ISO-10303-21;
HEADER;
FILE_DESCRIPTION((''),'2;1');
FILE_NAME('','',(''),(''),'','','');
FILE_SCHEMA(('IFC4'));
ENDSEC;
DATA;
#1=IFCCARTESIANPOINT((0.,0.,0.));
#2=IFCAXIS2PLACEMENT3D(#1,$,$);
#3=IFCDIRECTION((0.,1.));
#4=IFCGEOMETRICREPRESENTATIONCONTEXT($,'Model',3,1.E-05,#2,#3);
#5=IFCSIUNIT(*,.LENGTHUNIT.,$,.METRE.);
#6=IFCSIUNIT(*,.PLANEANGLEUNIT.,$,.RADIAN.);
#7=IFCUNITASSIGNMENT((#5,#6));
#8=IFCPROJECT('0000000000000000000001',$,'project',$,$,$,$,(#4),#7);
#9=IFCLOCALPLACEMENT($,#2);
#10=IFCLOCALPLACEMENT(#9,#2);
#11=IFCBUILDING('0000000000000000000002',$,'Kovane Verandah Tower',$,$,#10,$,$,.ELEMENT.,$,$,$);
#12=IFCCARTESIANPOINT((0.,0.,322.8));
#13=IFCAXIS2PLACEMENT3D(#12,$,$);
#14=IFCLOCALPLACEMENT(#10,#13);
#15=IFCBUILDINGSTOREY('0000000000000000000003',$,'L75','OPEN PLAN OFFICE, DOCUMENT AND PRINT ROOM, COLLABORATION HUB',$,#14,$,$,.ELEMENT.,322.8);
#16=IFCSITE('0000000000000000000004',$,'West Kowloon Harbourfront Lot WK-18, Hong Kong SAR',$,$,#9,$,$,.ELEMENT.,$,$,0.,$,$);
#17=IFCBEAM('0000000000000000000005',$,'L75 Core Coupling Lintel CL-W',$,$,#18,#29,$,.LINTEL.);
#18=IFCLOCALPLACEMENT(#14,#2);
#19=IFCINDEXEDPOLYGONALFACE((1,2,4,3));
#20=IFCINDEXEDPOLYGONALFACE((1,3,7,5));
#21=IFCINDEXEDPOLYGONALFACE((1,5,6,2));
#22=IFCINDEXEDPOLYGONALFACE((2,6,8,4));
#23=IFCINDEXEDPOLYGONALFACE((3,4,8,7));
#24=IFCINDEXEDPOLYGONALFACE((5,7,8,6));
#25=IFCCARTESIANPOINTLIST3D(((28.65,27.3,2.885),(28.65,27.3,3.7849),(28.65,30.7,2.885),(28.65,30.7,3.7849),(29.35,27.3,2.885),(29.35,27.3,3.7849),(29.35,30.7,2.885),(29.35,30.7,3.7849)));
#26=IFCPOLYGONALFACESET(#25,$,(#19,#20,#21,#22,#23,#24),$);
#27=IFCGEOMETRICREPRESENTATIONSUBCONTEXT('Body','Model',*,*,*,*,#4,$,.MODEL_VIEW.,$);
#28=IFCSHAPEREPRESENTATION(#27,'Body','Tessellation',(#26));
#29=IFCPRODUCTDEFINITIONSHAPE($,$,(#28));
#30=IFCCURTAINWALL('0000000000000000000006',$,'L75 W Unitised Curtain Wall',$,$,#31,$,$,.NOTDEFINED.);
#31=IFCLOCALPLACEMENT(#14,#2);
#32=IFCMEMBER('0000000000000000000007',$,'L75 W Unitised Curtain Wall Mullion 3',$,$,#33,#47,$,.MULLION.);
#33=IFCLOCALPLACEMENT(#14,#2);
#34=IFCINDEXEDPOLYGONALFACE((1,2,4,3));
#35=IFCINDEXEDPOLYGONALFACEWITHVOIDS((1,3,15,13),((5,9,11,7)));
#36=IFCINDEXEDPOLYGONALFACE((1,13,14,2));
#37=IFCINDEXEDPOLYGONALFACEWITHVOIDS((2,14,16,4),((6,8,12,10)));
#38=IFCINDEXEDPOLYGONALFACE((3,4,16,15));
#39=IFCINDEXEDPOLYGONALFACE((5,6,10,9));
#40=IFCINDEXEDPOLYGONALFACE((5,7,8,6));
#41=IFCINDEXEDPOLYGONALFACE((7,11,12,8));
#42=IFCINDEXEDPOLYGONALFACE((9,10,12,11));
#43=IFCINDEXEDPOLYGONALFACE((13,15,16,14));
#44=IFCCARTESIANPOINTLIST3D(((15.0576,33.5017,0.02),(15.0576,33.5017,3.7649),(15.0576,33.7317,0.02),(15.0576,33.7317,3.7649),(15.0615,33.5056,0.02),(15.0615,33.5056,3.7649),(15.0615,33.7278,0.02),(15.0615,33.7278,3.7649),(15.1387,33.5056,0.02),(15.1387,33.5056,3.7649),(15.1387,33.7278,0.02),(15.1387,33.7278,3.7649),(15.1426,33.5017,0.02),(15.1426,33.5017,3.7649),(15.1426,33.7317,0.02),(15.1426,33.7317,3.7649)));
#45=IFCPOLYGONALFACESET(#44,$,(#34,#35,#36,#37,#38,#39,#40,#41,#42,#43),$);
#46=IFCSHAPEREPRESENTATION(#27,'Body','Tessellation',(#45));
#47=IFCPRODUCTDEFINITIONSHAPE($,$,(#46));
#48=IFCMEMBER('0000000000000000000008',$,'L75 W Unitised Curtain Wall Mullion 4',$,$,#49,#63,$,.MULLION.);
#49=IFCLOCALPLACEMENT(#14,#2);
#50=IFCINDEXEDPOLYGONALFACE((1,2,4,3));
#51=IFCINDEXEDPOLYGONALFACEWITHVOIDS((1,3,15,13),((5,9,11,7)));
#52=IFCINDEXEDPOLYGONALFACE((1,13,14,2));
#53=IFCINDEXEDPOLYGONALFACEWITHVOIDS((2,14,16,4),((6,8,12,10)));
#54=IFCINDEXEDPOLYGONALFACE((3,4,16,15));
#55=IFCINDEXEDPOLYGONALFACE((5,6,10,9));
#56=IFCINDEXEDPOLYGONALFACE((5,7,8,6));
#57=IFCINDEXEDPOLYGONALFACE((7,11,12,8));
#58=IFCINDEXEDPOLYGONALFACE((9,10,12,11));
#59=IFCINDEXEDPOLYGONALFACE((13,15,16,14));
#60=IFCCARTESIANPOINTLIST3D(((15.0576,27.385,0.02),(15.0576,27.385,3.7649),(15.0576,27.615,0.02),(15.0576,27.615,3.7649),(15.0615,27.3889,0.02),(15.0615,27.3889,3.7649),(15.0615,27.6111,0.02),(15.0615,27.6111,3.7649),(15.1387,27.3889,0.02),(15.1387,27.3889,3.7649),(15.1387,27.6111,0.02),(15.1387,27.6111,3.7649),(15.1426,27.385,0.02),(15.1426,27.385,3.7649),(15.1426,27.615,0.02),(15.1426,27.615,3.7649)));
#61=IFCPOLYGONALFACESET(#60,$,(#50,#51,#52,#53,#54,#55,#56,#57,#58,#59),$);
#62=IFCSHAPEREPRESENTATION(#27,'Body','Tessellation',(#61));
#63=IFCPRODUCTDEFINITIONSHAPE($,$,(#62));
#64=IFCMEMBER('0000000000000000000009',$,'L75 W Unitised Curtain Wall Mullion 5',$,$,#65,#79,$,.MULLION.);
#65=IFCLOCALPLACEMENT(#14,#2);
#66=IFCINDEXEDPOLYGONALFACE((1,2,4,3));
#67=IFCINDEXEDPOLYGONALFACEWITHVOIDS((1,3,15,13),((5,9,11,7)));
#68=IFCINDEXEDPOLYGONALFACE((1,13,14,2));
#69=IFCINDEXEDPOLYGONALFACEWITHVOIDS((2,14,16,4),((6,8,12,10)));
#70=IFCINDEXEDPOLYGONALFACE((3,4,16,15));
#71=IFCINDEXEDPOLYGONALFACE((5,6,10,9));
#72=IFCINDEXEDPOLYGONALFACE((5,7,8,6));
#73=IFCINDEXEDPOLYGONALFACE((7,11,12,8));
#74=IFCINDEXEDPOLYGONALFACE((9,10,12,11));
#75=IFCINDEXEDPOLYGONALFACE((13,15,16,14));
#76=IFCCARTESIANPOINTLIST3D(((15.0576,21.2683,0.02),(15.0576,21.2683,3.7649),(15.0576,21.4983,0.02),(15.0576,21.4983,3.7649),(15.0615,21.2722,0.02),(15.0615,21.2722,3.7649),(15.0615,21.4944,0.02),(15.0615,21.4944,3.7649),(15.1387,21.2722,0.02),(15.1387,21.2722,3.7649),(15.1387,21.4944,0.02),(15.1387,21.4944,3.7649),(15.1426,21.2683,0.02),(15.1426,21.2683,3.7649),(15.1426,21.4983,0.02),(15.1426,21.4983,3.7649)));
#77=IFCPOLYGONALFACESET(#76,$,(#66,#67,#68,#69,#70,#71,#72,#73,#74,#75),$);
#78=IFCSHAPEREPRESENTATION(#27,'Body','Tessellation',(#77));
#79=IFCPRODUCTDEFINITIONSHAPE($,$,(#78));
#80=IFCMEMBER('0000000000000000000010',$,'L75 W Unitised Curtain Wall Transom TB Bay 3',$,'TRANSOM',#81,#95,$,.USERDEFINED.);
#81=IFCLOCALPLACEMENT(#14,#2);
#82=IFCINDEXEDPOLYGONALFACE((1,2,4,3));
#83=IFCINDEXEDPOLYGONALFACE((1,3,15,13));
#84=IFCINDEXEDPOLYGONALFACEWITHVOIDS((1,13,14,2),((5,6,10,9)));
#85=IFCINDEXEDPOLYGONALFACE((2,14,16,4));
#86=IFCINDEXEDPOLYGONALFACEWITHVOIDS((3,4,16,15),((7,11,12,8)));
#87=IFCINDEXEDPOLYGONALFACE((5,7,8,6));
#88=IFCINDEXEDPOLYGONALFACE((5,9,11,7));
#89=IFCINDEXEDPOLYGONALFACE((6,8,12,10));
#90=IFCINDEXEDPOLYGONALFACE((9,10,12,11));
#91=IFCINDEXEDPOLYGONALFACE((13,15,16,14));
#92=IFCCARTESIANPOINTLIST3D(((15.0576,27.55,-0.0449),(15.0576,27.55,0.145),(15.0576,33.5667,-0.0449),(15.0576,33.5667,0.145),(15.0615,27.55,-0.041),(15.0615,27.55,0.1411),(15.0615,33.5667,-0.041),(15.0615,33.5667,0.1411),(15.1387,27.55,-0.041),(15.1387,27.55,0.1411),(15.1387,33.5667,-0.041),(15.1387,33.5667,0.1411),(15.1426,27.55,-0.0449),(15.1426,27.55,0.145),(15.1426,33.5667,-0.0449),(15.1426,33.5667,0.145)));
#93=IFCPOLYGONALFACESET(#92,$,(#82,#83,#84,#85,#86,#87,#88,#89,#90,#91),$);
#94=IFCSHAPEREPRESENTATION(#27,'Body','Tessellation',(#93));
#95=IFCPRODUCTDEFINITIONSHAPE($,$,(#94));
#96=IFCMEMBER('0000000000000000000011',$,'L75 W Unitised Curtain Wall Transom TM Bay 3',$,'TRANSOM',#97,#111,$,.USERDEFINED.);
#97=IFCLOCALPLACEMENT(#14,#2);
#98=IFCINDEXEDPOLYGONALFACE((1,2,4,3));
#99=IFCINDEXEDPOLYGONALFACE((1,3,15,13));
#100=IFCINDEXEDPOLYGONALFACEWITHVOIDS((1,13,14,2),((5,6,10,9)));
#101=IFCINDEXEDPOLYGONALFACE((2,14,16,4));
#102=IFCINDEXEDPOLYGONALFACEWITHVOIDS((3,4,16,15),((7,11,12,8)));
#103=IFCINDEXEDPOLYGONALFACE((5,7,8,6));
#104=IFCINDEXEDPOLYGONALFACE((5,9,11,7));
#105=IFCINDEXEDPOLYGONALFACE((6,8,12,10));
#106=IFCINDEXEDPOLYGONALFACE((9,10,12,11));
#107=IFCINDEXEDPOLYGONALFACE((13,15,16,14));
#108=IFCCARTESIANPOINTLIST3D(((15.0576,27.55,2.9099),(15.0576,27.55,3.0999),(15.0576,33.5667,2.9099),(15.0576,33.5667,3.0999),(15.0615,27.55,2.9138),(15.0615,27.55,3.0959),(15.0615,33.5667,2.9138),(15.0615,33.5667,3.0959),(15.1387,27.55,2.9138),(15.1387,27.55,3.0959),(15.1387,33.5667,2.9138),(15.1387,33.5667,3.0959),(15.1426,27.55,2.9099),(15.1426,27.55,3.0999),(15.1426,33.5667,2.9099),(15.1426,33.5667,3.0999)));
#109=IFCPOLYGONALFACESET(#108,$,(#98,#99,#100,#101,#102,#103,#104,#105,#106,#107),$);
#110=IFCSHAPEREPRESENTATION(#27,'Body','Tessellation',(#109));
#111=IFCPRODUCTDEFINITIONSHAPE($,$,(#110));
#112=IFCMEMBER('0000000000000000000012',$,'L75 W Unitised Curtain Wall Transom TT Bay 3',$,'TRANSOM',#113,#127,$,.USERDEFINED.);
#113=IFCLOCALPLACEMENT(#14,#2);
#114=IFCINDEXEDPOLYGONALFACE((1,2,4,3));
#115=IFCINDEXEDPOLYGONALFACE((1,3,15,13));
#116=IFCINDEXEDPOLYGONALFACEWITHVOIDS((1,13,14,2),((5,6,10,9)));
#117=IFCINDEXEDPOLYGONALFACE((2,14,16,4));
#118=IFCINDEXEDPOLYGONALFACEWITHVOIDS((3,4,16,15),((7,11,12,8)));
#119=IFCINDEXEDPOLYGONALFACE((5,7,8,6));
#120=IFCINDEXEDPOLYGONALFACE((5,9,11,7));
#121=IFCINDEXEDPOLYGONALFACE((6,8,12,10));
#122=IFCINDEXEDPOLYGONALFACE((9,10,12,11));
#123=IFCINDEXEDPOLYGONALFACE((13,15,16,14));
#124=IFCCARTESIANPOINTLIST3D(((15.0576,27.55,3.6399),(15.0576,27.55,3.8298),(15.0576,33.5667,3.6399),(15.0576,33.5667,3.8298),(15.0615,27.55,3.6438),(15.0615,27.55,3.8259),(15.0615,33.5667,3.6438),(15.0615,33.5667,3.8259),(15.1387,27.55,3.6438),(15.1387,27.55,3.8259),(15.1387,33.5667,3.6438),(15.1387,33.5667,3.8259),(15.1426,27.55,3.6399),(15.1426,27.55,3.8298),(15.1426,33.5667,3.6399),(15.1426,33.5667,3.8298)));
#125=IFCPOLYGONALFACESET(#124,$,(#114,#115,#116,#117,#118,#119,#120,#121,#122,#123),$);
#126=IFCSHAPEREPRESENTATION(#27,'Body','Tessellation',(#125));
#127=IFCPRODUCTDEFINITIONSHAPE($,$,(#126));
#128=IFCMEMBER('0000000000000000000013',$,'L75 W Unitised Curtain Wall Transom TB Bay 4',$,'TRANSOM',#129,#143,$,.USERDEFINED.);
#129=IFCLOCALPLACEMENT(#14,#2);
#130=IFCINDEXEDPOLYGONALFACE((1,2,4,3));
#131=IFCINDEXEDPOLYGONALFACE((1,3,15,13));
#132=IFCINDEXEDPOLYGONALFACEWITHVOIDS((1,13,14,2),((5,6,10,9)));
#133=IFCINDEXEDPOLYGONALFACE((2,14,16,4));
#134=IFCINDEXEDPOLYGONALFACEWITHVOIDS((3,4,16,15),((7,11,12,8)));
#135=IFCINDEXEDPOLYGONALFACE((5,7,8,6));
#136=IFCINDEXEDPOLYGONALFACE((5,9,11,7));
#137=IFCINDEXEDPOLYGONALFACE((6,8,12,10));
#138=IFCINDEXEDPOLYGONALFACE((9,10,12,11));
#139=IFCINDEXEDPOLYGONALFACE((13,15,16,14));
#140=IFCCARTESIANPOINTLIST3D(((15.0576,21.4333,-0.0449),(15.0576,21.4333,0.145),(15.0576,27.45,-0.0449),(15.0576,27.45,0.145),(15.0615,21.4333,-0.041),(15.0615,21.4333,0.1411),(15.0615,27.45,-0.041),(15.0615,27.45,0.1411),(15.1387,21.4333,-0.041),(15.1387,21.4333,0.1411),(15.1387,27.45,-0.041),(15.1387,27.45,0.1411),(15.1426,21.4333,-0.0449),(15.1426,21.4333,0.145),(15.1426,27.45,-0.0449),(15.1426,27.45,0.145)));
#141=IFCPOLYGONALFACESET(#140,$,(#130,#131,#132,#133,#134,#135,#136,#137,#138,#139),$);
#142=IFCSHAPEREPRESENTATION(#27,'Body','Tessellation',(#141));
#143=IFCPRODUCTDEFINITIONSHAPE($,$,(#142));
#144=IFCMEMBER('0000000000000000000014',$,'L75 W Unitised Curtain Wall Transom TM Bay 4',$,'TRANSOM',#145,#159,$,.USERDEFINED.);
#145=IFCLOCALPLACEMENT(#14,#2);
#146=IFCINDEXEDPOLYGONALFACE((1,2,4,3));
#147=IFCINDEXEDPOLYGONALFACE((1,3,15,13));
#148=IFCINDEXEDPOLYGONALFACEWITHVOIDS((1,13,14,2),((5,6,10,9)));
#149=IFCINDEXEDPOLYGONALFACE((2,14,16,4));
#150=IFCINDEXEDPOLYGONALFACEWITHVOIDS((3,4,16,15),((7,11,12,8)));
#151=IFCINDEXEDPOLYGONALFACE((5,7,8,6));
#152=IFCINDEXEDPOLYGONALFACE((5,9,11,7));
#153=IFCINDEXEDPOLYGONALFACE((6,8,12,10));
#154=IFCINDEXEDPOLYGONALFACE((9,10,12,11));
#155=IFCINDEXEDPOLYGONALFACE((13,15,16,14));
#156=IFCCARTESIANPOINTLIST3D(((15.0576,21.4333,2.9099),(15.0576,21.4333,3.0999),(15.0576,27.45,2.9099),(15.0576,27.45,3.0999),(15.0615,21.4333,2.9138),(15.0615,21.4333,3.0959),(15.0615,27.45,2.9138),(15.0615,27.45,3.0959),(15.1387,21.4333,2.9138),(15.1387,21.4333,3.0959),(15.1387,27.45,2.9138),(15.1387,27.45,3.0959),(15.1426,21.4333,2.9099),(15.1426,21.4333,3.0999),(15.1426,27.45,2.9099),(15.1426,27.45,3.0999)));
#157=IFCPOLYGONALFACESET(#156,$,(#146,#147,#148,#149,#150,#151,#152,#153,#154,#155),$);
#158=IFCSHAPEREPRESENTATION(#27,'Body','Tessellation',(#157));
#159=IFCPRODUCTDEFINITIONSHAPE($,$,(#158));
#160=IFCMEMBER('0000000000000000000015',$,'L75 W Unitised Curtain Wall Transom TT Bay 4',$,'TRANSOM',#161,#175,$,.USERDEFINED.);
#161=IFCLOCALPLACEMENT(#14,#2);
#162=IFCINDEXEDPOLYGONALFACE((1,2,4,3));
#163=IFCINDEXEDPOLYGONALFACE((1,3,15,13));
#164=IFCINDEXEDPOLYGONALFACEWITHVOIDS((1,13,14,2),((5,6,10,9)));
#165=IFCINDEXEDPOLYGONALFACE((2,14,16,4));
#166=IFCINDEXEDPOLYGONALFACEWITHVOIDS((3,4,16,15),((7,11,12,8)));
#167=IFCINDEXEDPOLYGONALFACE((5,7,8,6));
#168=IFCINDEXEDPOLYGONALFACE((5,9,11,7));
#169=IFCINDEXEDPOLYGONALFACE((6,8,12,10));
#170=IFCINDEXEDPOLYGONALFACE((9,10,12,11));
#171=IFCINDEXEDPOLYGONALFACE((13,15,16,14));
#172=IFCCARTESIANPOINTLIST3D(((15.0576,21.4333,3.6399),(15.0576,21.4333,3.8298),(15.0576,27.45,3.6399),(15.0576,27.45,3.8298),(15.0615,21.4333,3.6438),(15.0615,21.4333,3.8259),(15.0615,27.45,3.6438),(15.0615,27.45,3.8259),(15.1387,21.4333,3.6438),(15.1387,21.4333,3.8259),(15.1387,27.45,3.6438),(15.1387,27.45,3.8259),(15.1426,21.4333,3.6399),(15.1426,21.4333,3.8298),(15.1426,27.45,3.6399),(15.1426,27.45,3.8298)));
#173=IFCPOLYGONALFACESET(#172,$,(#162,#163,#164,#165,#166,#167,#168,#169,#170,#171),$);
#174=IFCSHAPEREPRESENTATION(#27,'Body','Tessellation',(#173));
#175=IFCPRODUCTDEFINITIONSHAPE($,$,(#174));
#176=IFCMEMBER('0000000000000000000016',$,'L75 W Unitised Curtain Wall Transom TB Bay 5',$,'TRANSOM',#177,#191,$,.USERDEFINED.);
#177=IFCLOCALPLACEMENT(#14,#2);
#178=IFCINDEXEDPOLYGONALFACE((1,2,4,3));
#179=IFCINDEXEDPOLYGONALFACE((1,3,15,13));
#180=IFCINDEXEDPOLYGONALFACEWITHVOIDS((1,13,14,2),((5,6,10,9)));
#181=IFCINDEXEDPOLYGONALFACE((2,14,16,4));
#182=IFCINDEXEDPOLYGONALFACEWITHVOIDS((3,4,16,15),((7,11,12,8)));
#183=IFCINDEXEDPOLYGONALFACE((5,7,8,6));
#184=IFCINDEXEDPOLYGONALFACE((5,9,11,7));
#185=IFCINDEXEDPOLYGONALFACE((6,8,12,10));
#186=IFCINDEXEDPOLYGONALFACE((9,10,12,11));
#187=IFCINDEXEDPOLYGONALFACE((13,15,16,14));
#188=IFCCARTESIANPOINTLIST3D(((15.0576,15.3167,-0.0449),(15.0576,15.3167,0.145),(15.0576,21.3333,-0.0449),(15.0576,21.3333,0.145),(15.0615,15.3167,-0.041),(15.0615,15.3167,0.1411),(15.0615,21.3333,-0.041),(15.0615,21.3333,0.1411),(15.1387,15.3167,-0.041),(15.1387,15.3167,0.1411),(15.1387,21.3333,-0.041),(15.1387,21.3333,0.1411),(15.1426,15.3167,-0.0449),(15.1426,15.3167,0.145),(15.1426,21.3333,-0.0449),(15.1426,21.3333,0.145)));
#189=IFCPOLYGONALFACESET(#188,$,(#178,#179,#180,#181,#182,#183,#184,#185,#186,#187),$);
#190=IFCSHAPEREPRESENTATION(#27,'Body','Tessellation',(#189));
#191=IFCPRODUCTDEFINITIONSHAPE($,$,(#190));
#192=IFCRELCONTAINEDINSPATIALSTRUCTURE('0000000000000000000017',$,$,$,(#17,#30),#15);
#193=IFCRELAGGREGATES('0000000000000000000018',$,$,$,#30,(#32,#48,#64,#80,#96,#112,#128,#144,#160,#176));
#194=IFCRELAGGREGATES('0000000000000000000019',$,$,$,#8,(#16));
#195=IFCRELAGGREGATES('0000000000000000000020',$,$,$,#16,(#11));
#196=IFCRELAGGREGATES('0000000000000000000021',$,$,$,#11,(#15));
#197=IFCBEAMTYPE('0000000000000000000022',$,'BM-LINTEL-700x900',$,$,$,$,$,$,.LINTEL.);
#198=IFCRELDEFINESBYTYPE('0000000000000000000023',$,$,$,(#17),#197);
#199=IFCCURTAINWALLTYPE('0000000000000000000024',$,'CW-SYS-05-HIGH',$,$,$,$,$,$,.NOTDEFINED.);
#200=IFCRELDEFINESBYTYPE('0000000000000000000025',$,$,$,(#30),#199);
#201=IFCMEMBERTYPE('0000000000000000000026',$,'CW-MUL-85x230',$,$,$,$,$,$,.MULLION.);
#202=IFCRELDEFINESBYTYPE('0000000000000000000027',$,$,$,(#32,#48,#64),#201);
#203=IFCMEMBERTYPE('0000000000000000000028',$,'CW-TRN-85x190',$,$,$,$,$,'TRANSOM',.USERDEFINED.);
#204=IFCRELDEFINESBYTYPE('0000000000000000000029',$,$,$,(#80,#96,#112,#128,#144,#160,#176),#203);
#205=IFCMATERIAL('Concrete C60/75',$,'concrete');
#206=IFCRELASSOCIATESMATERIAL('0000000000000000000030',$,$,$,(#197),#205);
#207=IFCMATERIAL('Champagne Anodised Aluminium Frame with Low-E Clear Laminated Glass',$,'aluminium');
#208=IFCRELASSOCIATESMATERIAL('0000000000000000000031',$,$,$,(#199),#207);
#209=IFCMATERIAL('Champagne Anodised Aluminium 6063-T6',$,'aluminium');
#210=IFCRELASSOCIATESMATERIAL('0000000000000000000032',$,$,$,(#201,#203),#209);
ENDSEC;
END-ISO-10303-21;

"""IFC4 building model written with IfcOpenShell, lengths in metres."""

from ifc_helpers import new_model, si_unit, direction, frame, origin, origin_2d, place, context, subcontext, project, spatial, rectangle, hollow_rectangle, extrude, material, material_profile, profile_set, type_object, element, aggregate, save


model = new_model("IFC4")

# Units and contexts
model_context = context("Model", 3, precision=1e-05, world=origin(), true_north=direction((0.0, 1.0)))
body_context = subcontext(model_context, "Body", "Model", "MODEL_VIEW")
ifc_project = project(units=[si_unit("LENGTHUNIT", "METRE"), si_unit("PLANEANGLEUNIT", "RADIAN")], contexts=[model_context])

# Site, building, storey
site_placement = place(None, origin())
site = spatial("IfcSite", under=ifc_project, at=site_placement, Name="West Kowloon Harbourfront Lot WK-18, Hong Kong SAR", CompositionType="ELEMENT", RefElevation=0.0)
building_placement = place(site_placement, origin())
building = spatial("IfcBuilding", under=site, at=building_placement, Name="Kovane Verandah Tower", CompositionType="ELEMENT")
storey_placement = place(building_placement, frame((0.0, 0.0, 322.8)))
storey = spatial("IfcBuildingStorey", under=building, at=storey_placement, Name="L75", Description="OPEN PLAN OFFICE, DOCUMENT AND PRINT ROOM, COLLABORATION HUB", CompositionType="ELEMENT", Elevation=322.8)

# Beam
ifc_material_1 = material(Name="Concrete C60/75", Category="concrete")
ifc_material_profile_1 = material_profile(ifc_material_1, rectangle(XDim=0.7, YDim=0.8999, at=origin_2d()), Name="RCB700x900")
ifc_profile_set_1 = profile_set([ifc_material_profile_1], Name="Concrete C60/75")
beam_type = type_object("IfcBeamType", Name="BM-LINTEL-700x900", PredefinedType="LINTEL", material=ifc_profile_set_1)
beam_placement = place(storey_placement, frame((29.0, 27.3, 3.335), z_axis=(0.0, 1.0, 0.0), x_axis=(-1.0, 0.0, 0.0)))
element("IfcBeam", 1, at=beam_placement, inside=storey, type_object=beam_type, Name="L75 Core Coupling Lintel CL-W", PredefinedType="LINTEL", context=body_context, shape_type="SweptSolid", body=[
    extrude(rectangle(XDim=0.7, YDim=0.8999, at=origin_2d()), origin(), (0.0, 0.0, 1.0), 3.3999),
])

# Curtain wall, members
ifc_material_2 = material(Name="Champagne Anodised Aluminium Frame with Low-E Clear Laminated Glass", Category="aluminium")
curtain_wall_type = type_object("IfcCurtainWallType", Name="CW-SYS-05-HIGH", PredefinedType="NOTDEFINED", material=ifc_material_2)
curtain_wall_placement = place(storey_placement, origin())
curtain_wall = element("IfcCurtainWall", 2, at=curtain_wall_placement, inside=storey, type_object=curtain_wall_type, Name="L75 W Unitised Curtain Wall", PredefinedType="NOTDEFINED")
ifc_material_3 = material(Name="Champagne Anodised Aluminium 6063-T6", Category="aluminium")
ifc_material_profile_2 = material_profile(ifc_material_3, hollow_rectangle(XDim=0.085, YDim=0.23, WallThickness=0.0039, at=origin_2d()), Name="AL85x230x4")
ifc_profile_set_2 = profile_set([ifc_material_profile_2], Name="Champagne Anodised Aluminium 6063-T6")
member_type_1 = type_object("IfcMemberType", Name="CW-MUL-85x230", PredefinedType="MULLION", material=ifc_profile_set_2)
member_1_placement = place(storey_placement, frame((15.1001, 33.6167, 0.02), z_axis=(0.0, 0.0, 1.0), x_axis=(-1.0, 0.0, 0.0)))
member_1 = element("IfcMember", 3, at=member_1_placement, type_object=member_type_1, Name="L75 W Unitised Curtain Wall Mullion 3", PredefinedType="MULLION", context=body_context, shape_type="SweptSolid", body=[
    extrude(hollow_rectangle(XDim=0.085, YDim=0.23, WallThickness=0.0039, at=origin_2d()), origin(), (0.0, 0.0, 1.0), 3.7449),
])
member_2_placement = place(storey_placement, frame((15.1001, 27.5, 0.02), z_axis=(0.0, 0.0, 1.0), x_axis=(-1.0, 0.0, 0.0)))
member_2 = element("IfcMember", 4, at=member_2_placement, type_object=member_type_1, Name="L75 W Unitised Curtain Wall Mullion 4", PredefinedType="MULLION", context=body_context, shape_type="SweptSolid", body=[
    extrude(hollow_rectangle(XDim=0.085, YDim=0.23, WallThickness=0.0039, at=origin_2d()), origin(), (0.0, 0.0, 1.0), 3.7449),
])
member_3_placement = place(storey_placement, frame((15.1001, 21.3833, 0.02), z_axis=(0.0, 0.0, 1.0), x_axis=(-1.0, 0.0, 0.0)))
member_3 = element("IfcMember", 5, at=member_3_placement, type_object=member_type_1, Name="L75 W Unitised Curtain Wall Mullion 5", PredefinedType="MULLION", context=body_context, shape_type="SweptSolid", body=[
    extrude(hollow_rectangle(XDim=0.085, YDim=0.23, WallThickness=0.0039, at=origin_2d()), origin(), (0.0, 0.0, 1.0), 3.7449),
])
ifc_material_profile_3 = material_profile(ifc_material_3, hollow_rectangle(XDim=0.085, YDim=0.1899, WallThickness=0.0039, at=origin_2d()), Name="AL85x190x4")
ifc_profile_set_3 = profile_set([ifc_material_profile_3], Name="Champagne Anodised Aluminium 6063-T6")
member_type_2 = type_object("IfcMemberType", Name="CW-TRN-85x190", ElementType="TRANSOM", PredefinedType="USERDEFINED", material=ifc_profile_set_3)
member_4_placement = place(storey_placement, frame((15.1001, 33.5667, 0.05), z_axis=(0.0, -1.0, 0.0), x_axis=(1.0, 0.0, 0.0)))
member_4 = element("IfcMember", 6, at=member_4_placement, type_object=member_type_2, Name="L75 W Unitised Curtain Wall Transom TB Bay 3", ObjectType="TRANSOM", PredefinedType="USERDEFINED", context=body_context, shape_type="SweptSolid", body=[
    extrude(hollow_rectangle(XDim=0.085, YDim=0.1899, WallThickness=0.0039, at=origin_2d()), origin(), (0.0, 0.0, 1.0), 6.0166),
])
member_5_placement = place(storey_placement, frame((15.1001, 33.5667, 3.0049), z_axis=(0.0, -1.0, 0.0), x_axis=(1.0, 0.0, 0.0)))
member_5 = element("IfcMember", 7, at=member_5_placement, type_object=member_type_2, Name="L75 W Unitised Curtain Wall Transom TM Bay 3", ObjectType="TRANSOM", PredefinedType="USERDEFINED", context=body_context, shape_type="SweptSolid", body=[
    extrude(hollow_rectangle(XDim=0.085, YDim=0.1899, WallThickness=0.0039, at=origin_2d()), origin(), (0.0, 0.0, 1.0), 6.0166),
])
member_6_placement = place(storey_placement, frame((15.1001, 33.5667, 3.7349), z_axis=(0.0, -1.0, 0.0), x_axis=(1.0, 0.0, 0.0)))
member_6 = element("IfcMember", 8, at=member_6_placement, type_object=member_type_2, Name="L75 W Unitised Curtain Wall Transom TT Bay 3", ObjectType="TRANSOM", PredefinedType="USERDEFINED", context=body_context, shape_type="SweptSolid", body=[
    extrude(hollow_rectangle(XDim=0.085, YDim=0.1899, WallThickness=0.0039, at=origin_2d()), origin(), (0.0, 0.0, 1.0), 6.0166),
])
member_7_placement = place(storey_placement, frame((15.1001, 27.45, 0.05), z_axis=(0.0, -1.0, 0.0), x_axis=(1.0, 0.0, 0.0)))
member_7 = element("IfcMember", 9, at=member_7_placement, type_object=member_type_2, Name="L75 W Unitised Curtain Wall Transom TB Bay 4", ObjectType="TRANSOM", PredefinedType="USERDEFINED", context=body_context, shape_type="SweptSolid", body=[
    extrude(hollow_rectangle(XDim=0.085, YDim=0.1899, WallThickness=0.0039, at=origin_2d()), origin(), (0.0, 0.0, 1.0), 6.0166),
])
member_8_placement = place(storey_placement, frame((15.1001, 27.45, 3.0049), z_axis=(0.0, -1.0, 0.0), x_axis=(1.0, 0.0, 0.0)))
member_8 = element("IfcMember", 10, at=member_8_placement, type_object=member_type_2, Name="L75 W Unitised Curtain Wall Transom TM Bay 4", ObjectType="TRANSOM", PredefinedType="USERDEFINED", context=body_context, shape_type="SweptSolid", body=[
    extrude(hollow_rectangle(XDim=0.085, YDim=0.1899, WallThickness=0.0039, at=origin_2d()), origin(), (0.0, 0.0, 1.0), 6.0166),
])
member_9_placement = place(storey_placement, frame((15.1001, 27.45, 3.7349), z_axis=(0.0, -1.0, 0.0), x_axis=(1.0, 0.0, 0.0)))
member_9 = element("IfcMember", 11, at=member_9_placement, type_object=member_type_2, Name="L75 W Unitised Curtain Wall Transom TT Bay 4", ObjectType="TRANSOM", PredefinedType="USERDEFINED", context=body_context, shape_type="SweptSolid", body=[
    extrude(hollow_rectangle(XDim=0.085, YDim=0.1899, WallThickness=0.0039, at=origin_2d()), origin(), (0.0, 0.0, 1.0), 6.0166),
])
member_10_placement = place(storey_placement, frame((15.1001, 21.3333, 0.05), z_axis=(0.0, -1.0, 0.0), x_axis=(1.0, 0.0, 0.0)))
member_10 = element("IfcMember", 12, at=member_10_placement, type_object=member_type_2, Name="L75 W Unitised Curtain Wall Transom TB Bay 5", ObjectType="TRANSOM", PredefinedType="USERDEFINED", context=body_context, shape_type="SweptSolid", body=[
    extrude(hollow_rectangle(XDim=0.085, YDim=0.1899, WallThickness=0.0039, at=origin_2d()), origin(), (0.0, 0.0, 1.0), 6.0166),
])
aggregate(curtain_wall, [member_1, member_2, member_3, member_4, member_5, member_6, member_7, member_8, member_9, member_10])

save(model, "model.ifc")
